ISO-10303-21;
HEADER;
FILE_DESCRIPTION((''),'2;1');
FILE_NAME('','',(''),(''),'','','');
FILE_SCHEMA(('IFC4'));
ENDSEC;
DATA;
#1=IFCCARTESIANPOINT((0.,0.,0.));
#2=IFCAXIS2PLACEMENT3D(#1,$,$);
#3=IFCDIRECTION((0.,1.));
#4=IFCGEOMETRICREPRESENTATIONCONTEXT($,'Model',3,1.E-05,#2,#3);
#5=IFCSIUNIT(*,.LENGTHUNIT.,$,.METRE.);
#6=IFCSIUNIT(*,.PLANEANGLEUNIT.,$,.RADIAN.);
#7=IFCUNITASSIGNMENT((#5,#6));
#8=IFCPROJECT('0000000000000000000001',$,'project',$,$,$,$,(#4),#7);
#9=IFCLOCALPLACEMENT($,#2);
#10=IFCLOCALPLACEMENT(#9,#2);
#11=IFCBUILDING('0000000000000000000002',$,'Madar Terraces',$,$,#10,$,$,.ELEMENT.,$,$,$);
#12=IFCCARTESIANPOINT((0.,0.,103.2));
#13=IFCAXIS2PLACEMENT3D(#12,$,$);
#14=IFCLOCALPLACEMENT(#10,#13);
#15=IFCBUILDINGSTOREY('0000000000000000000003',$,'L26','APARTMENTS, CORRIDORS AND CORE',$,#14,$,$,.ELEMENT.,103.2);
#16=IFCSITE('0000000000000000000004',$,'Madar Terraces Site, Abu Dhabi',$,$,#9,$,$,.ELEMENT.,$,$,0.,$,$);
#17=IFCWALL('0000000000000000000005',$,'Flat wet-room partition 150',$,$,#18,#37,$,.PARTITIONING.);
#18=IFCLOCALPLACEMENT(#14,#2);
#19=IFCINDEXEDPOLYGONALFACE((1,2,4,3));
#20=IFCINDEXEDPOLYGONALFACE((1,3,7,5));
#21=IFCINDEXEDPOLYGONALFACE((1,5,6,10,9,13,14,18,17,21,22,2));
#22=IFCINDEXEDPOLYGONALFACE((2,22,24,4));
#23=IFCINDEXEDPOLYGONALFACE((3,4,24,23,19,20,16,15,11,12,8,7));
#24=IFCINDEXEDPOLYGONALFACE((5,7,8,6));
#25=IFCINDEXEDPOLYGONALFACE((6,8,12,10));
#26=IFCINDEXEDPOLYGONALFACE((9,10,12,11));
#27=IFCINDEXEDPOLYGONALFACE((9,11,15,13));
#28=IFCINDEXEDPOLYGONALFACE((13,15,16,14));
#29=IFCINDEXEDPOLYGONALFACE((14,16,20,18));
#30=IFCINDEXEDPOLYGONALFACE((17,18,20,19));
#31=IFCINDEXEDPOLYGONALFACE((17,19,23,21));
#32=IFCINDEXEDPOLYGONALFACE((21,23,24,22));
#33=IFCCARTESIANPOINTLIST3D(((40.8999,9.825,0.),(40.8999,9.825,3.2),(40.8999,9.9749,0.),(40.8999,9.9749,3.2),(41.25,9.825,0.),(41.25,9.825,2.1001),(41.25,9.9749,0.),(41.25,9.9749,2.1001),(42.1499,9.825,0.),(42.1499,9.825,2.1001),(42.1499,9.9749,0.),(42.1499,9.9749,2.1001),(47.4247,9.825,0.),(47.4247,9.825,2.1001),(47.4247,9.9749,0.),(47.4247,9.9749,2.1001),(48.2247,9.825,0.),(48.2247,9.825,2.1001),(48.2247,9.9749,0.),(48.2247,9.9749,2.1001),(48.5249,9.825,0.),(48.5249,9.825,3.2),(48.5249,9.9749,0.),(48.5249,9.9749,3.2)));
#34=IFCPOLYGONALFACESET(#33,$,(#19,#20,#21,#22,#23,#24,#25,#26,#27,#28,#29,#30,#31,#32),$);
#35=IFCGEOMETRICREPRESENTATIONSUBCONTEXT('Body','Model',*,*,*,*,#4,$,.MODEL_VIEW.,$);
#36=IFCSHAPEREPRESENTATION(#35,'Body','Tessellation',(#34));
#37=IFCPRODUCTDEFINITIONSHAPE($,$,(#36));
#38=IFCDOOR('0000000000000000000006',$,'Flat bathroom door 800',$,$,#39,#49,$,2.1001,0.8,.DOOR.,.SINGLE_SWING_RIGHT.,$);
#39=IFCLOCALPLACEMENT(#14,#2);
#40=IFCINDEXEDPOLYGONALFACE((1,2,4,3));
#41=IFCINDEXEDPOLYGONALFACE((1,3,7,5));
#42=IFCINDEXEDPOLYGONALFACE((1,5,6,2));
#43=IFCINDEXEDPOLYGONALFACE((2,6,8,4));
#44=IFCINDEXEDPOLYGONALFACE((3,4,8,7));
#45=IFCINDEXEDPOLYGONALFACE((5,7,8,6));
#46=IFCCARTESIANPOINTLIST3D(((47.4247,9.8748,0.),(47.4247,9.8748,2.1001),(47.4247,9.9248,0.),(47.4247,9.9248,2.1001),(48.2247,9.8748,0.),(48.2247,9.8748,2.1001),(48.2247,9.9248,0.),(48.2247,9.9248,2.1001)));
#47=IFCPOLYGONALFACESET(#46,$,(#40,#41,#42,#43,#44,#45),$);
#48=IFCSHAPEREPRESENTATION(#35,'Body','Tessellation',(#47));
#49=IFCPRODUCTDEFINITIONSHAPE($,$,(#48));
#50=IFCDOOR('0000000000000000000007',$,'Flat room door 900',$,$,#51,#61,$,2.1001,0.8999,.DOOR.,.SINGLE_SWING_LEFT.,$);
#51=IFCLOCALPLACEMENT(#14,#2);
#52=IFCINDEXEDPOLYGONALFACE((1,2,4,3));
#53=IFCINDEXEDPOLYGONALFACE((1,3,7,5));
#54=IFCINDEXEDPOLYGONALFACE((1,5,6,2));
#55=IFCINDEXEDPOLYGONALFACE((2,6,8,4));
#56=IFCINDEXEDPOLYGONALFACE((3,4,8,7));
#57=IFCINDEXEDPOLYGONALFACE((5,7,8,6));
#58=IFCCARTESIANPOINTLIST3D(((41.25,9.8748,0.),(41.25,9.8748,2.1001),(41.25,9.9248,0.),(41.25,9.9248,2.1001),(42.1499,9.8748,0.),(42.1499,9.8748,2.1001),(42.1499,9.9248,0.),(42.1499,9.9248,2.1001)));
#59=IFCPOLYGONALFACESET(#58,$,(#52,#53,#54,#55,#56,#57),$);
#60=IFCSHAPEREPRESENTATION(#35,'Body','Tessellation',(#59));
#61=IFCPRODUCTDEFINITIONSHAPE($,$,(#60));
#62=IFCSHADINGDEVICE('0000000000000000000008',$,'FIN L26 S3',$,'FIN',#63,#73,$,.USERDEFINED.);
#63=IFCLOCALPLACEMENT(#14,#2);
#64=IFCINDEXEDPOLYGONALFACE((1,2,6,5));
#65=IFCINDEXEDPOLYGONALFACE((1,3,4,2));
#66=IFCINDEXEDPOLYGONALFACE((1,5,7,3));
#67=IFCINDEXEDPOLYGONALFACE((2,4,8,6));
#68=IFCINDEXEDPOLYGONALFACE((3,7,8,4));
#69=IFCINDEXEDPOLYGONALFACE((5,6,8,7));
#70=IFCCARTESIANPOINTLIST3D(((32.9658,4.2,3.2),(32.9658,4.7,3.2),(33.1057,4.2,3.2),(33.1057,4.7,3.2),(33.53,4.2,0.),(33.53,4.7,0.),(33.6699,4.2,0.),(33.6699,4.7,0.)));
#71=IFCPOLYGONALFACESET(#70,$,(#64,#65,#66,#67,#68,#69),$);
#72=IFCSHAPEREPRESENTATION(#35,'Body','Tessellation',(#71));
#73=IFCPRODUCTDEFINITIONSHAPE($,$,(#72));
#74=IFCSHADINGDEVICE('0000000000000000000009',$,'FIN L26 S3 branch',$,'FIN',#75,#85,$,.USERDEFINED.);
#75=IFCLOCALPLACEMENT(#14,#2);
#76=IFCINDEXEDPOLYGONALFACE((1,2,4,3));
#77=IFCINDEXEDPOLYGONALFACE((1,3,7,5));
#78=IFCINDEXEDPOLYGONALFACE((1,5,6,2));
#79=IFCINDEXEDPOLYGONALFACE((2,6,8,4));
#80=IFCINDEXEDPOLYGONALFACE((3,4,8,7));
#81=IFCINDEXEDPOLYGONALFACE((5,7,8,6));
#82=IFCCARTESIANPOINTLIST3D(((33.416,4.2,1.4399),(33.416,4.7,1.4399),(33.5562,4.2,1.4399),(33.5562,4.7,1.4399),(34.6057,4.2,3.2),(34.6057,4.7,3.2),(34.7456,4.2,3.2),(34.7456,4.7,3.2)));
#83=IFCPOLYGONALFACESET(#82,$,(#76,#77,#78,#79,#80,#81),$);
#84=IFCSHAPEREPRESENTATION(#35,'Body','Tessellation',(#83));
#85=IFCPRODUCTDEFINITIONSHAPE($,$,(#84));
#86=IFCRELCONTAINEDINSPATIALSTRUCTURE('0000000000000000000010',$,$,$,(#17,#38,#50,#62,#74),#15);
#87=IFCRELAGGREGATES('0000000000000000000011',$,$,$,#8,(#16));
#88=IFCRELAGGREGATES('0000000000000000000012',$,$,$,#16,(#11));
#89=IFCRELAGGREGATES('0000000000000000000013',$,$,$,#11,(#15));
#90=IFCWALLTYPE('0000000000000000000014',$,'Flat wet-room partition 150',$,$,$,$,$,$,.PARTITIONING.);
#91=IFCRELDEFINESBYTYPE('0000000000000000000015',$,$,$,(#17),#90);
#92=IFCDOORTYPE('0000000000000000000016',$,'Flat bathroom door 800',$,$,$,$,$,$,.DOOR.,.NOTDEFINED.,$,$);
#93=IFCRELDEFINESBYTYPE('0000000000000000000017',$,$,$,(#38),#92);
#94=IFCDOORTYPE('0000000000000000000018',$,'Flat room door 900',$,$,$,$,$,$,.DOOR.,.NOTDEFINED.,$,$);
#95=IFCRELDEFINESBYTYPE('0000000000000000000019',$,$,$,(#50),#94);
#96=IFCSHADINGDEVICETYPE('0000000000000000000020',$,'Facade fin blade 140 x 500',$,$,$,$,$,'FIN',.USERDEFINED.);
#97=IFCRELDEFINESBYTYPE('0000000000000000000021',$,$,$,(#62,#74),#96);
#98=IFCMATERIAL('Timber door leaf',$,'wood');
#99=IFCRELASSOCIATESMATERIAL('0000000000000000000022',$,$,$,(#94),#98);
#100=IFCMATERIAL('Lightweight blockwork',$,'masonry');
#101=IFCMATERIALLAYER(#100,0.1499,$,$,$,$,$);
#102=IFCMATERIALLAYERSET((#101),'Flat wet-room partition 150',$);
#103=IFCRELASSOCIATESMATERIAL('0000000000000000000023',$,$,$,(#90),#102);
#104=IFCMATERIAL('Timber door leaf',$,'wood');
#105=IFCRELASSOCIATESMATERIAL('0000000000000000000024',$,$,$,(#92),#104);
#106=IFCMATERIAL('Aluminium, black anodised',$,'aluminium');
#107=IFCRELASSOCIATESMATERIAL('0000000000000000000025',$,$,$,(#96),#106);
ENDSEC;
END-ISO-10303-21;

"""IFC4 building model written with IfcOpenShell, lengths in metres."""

from ifc_helpers import new_model, si_unit, direction, frame, frame_2d, origin, place, context, subcontext, project, spatial, polyline, rectangle, outline, extrude, material, layer, layer_set, type_object, element, fill, save


model = new_model("IFC4")

# Units and contexts
model_context = context("Model", 3, precision=1e-05, world=origin(), true_north=direction((0.0, 1.0)))
body_context = subcontext(model_context, "Body", "Model", "MODEL_VIEW")
ifc_project = project(units=[si_unit("LENGTHUNIT", "METRE"), si_unit("PLANEANGLEUNIT", "RADIAN")], contexts=[model_context])

# Site, building, storey
site_placement = place(None, origin())
site = spatial("IfcSite", under=ifc_project, at=site_placement, Name="Madar Terraces Site, Abu Dhabi", CompositionType="ELEMENT", RefElevation=0.0)
building_placement = place(site_placement, origin())
building = spatial("IfcBuilding", under=site, at=building_placement, Name="Madar Terraces", CompositionType="ELEMENT")
storey_placement = place(building_placement, frame((0.0, 0.0, 103.2)))
storey = spatial("IfcBuildingStorey", under=building, at=storey_placement, Name="L26", Description="APARTMENTS, CORRIDORS AND CORE", CompositionType="ELEMENT", Elevation=103.2)

# Shared definitions
ifc_material_1 = material(Name="Timber door leaf", Category="wood")
door_type_1 = type_object("IfcDoorType", Name="Flat room door 900", OperationType="NOTDEFINED", PredefinedType="DOOR", material=ifc_material_1)

# Shared definitions
ifc_material_2 = material(Name="Lightweight blockwork", Category="masonry")
ifc_layer_1 = layer(ifc_material_2, 0.1499)
ifc_layer_set_1 = layer_set([ifc_layer_1], Name="Flat wet-room partition 150")
wall_type_1 = type_object("IfcWallType", Name="Flat wet-room partition 150", PredefinedType="PARTITIONING", material=ifc_layer_set_1)

# Wall, openings, doors
wall_1_placement = place(storey_placement, frame((40.8999, 9.8999, 0.0), z_axis=(0.0, 0.0, 1.0), x_axis=(1.0, 0.0, 0.0)))
wall_1 = element("IfcWall", 1, at=wall_1_placement, inside=storey, type_object=wall_type_1, Name="Flat wet-room partition 150", PredefinedType="PARTITIONING", context=body_context, shape_type="SweptSolid", body=[
    extrude(rectangle(XDim=7.625, YDim=0.1499, at=frame_2d((3.8125, 0.0))), origin(), (0.0, 0.0, 1.0), 3.2),
])
opening_1_placement = place(wall_1_placement, frame((6.5249, 0.0, 0.0)))
opening_1 = element("IfcOpeningElement", 2, at=opening_1_placement, cuts=wall_1, PredefinedType="OPENING", context=body_context, shape_type="SweptSolid", body=[
    extrude(rectangle(XDim=0.8, YDim=2.1001, at=frame_2d((0.3999, 1.05))), frame((0.0, 0.085, 0.0), z_axis=(0.0, -1.0, 0.0), x_axis=(1.0, 0.0, 0.0)), (0.0, 0.0, 1.0), 0.1699),
])
opening_2_placement = place(wall_1_placement, frame((0.3501, 0.0, 0.0)))
opening_2 = element("IfcOpeningElement", 3, at=opening_2_placement, cuts=wall_1, PredefinedType="OPENING", context=body_context, shape_type="SweptSolid", body=[
    extrude(rectangle(XDim=0.8999, YDim=2.1001, at=frame_2d((0.45, 1.05))), frame((0.0, 0.085, 0.0), z_axis=(0.0, -1.0, 0.0), x_axis=(1.0, 0.0, 0.0)), (0.0, 0.0, 1.0), 0.1699),
])
ifc_material_3 = material(Name="Timber door leaf", Category="wood")
door_type_2 = type_object("IfcDoorType", Name="Flat bathroom door 800", OperationType="NOTDEFINED", PredefinedType="DOOR", material=ifc_material_3)
door_1_placement = place(opening_1_placement, origin())
door_1 = element("IfcDoor", 4, at=door_1_placement, inside=storey, type_object=door_type_2, Name="Flat bathroom door 800", OperationType="SINGLE_SWING_RIGHT", OverallHeight=2.1001, OverallWidth=0.8, PredefinedType="DOOR", context=body_context, shape_type="SweptSolid", body=[
    extrude(rectangle(XDim=0.8, YDim=2.1001, at=frame_2d((0.3999, 1.05))), frame((0.0, 0.0249, 0.0), z_axis=(0.0, -1.0, 0.0), x_axis=(1.0, 0.0, 0.0)), (0.0, 0.0, 1.0), 0.05),
])
fill(opening_1, door_1)
door_2_placement = place(opening_2_placement, origin())
door_2 = element("IfcDoor", 5, at=door_2_placement, inside=storey, type_object=door_type_1, Name="Flat room door 900", OperationType="SINGLE_SWING_LEFT", OverallHeight=2.1001, OverallWidth=0.8999, PredefinedType="DOOR", context=body_context, shape_type="SweptSolid", body=[
    extrude(rectangle(XDim=0.8999, YDim=2.1001, at=frame_2d((0.45, 1.05))), frame((0.0, 0.0249, 0.0), z_axis=(0.0, -1.0, 0.0), x_axis=(1.0, 0.0, 0.0)), (0.0, 0.0, 1.0), 0.05),
])
fill(opening_2, door_2)

# Shading devices
ifc_material_4 = material(Name="Aluminium, black anodised", Category="aluminium")
shading_device_type = type_object("IfcShadingDeviceType", Name="Facade fin blade 140 x 500", ElementType="FIN", PredefinedType="USERDEFINED", material=ifc_material_4)
shading_device_1_placement = place(storey_placement, frame((33.53, 4.45, 0.0), z_axis=(0.0, 0.0, 1.0), x_axis=(1.0, 0.0, 0.0)))
element("IfcShadingDevice", 6, at=shading_device_1_placement, inside=storey, type_object=shading_device_type, Name="FIN L26 S3", ObjectType="FIN", PredefinedType="USERDEFINED", context=body_context, shape_type="SweptSolid", body=[
    extrude(outline(polyline([(0.0, 0.0), (0.1399, 0.0), (-0.4243, 3.2), (-0.5642, 3.2), (0.0, 0.0)])), frame((0.0, 0.25, 0.0), z_axis=(0.0, -1.0, 0.0), x_axis=(1.0, 0.0, 0.0)), (0.0, 0.0, 1.0), 0.5),
])
shading_device_2_placement = place(storey_placement, frame((33.416, 4.45, 1.4399), z_axis=(0.0, 0.0, 1.0), x_axis=(1.0, 0.0, 0.0)))
element("IfcShadingDevice", 7, at=shading_device_2_placement, inside=storey, type_object=shading_device_type, Name="FIN L26 S3 branch", ObjectType="FIN", PredefinedType="USERDEFINED", context=body_context, shape_type="SweptSolid", body=[
    extrude(outline(polyline([(0.0, 0.0), (0.1401, 0.0), (1.3296, 1.76), (1.1897, 1.76), (0.0, 0.0)])), frame((0.0, 0.25, 0.0), z_axis=(0.0, -1.0, 0.0), x_axis=(1.0, 0.0, 0.0)), (0.0, 0.0, 1.0), 0.5),
])

save(model, "model.ifc")
